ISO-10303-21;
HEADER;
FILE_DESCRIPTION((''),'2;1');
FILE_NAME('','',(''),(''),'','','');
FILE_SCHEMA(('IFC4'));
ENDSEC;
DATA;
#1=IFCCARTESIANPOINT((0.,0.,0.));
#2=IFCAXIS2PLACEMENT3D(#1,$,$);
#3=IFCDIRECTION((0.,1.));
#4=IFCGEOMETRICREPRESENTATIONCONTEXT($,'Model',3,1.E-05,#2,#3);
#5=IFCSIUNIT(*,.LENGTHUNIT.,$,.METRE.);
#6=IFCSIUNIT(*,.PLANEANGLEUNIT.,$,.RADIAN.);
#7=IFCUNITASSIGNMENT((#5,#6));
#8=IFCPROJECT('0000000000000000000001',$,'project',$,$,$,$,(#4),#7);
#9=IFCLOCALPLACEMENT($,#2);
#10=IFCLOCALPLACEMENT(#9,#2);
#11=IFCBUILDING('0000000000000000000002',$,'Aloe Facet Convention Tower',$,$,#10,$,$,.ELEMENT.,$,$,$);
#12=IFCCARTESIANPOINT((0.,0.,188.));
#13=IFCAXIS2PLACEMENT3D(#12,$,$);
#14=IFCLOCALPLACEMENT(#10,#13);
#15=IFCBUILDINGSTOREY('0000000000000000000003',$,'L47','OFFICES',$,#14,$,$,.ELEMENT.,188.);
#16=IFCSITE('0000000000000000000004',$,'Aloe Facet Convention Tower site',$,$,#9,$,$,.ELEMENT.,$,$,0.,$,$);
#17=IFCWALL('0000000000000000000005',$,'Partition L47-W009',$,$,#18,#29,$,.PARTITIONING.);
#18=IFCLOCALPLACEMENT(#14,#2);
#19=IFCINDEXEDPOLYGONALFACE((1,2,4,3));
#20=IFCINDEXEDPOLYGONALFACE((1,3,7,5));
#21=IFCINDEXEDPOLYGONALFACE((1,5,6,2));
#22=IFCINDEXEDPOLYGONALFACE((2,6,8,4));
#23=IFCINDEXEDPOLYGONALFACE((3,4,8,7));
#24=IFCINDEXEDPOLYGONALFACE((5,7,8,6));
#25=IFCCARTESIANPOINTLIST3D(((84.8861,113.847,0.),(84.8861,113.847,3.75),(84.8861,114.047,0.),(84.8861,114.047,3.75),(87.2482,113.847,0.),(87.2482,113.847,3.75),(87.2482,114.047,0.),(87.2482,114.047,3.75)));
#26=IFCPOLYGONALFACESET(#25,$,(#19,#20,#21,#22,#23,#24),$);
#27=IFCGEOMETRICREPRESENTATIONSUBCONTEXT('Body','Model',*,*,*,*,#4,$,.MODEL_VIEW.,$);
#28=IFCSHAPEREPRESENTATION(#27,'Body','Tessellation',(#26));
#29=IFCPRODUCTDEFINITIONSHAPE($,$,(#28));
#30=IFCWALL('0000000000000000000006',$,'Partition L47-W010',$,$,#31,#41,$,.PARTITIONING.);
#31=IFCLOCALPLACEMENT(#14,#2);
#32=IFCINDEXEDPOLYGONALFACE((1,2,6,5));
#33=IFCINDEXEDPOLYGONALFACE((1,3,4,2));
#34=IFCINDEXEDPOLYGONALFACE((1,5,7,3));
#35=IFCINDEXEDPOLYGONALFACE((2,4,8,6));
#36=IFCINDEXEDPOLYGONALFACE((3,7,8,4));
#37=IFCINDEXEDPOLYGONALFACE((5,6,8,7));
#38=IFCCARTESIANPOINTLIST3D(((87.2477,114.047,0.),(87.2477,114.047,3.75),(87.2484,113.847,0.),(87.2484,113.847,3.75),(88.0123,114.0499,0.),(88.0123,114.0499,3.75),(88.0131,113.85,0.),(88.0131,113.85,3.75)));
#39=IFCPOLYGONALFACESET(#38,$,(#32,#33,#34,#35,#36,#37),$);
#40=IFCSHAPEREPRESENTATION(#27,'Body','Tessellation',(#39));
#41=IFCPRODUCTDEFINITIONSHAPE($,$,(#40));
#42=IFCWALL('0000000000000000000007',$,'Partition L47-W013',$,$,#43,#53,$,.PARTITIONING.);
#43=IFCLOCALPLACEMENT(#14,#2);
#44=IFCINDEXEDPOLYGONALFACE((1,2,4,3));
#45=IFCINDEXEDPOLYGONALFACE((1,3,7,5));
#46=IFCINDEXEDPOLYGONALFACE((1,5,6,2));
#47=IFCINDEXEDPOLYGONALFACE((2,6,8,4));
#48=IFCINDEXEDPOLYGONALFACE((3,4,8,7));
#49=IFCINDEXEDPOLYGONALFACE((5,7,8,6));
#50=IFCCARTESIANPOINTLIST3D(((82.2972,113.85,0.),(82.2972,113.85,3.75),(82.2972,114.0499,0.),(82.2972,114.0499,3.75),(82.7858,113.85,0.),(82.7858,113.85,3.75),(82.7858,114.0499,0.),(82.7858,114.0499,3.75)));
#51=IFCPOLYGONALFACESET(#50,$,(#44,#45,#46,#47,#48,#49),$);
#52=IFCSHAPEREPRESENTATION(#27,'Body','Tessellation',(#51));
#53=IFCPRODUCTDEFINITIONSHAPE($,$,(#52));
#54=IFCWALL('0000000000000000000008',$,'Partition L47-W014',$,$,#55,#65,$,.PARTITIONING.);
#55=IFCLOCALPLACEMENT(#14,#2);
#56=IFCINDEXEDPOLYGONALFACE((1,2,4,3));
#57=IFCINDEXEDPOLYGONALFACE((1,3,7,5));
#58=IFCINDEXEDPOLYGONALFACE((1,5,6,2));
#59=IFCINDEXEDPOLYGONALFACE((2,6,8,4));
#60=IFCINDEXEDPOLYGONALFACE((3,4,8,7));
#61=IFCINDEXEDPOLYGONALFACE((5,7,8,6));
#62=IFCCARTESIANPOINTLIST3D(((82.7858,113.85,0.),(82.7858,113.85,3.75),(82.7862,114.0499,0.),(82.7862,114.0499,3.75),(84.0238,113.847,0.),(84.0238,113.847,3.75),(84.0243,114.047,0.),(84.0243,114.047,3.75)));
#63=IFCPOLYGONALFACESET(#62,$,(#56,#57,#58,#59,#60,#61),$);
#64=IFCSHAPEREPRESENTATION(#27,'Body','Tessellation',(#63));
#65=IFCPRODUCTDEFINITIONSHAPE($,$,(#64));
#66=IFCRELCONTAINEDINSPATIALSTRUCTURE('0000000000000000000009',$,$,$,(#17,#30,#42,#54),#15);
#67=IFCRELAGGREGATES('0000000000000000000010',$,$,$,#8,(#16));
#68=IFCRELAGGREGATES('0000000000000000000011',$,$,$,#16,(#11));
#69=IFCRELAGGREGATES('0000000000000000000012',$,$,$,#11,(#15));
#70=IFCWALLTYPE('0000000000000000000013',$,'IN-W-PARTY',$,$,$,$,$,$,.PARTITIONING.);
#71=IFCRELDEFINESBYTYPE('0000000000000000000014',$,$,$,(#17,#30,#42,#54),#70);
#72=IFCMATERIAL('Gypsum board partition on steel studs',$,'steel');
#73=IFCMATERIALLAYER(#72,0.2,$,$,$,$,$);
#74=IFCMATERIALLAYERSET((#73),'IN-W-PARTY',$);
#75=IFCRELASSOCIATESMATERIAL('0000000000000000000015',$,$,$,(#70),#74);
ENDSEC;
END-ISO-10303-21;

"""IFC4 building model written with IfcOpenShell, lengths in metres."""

from ifc_helpers import new_model, si_unit, direction, frame, frame_2d, origin, place, context, subcontext, project, spatial, rectangle, extrude, material, layer, layer_set, type_object, element, save


model = new_model("IFC4")

# Units and contexts
model_context = context("Model", 3, precision=1e-05, world=origin(), true_north=direction((0.0, 1.0)))
body_context = subcontext(model_context, "Body", "Model", "MODEL_VIEW")
ifc_project = project(units=[si_unit("LENGTHUNIT", "METRE"), si_unit("PLANEANGLEUNIT", "RADIAN")], contexts=[model_context])

# Site, building, storey
site_placement = place(None, origin())
site = spatial("IfcSite", under=ifc_project, at=site_placement, Name="Aloe Facet Convention Tower site", CompositionType="ELEMENT", RefElevation=0.0)
building_placement = place(site_placement, origin())
building = spatial("IfcBuilding", under=site, at=building_placement, Name="Aloe Facet Convention Tower", CompositionType="ELEMENT")
storey_placement = place(building_placement, frame((0.0, 0.0, 188.0)))
storey = spatial("IfcBuildingStorey", under=building, at=storey_placement, Name="L47", Description="OFFICES", CompositionType="ELEMENT", Elevation=188.0)

# Walls
ifc_material_1 = material(Name="Gypsum board partition on steel studs", Category="steel")
ifc_layer_1 = layer(ifc_material_1, 0.2)
ifc_layer_set_1 = layer_set([ifc_layer_1], Name="IN-W-PARTY")
wall_type_1 = type_object("IfcWallType", Name="IN-W-PARTY", PredefinedType="PARTITIONING", material=ifc_layer_set_1)
wall_1_placement = place(storey_placement, frame((84.886, 113.947, 0.0), z_axis=(0.0, 0.0, 1.0), x_axis=(1.0, 0.0, 0.0)))
element("IfcWall", 1, at=wall_1_placement, inside=storey, type_object=wall_type_1, Name="Partition L47-W009", PredefinedType="PARTITIONING", context=body_context, shape_type="SweptSolid", body=[
    extrude(rectangle(XDim=2.3621, YDim=0.2, at=frame_2d((1.1812, 0.0))), origin(), (0.0, 0.0, 1.0), 3.75),
])
wall_2_placement = place(storey_placement, frame((87.248, 113.947, 0.0), z_axis=(0.0, 0.0, 1.0), x_axis=(0.999993, 0.003831, 0.0)))
element("IfcWall", 2, at=wall_2_placement, inside=storey, type_object=wall_type_1, Name="Partition L47-W010", PredefinedType="PARTITIONING", context=body_context, shape_type="SweptSolid", body=[
    extrude(rectangle(XDim=0.7646, YDim=0.2, at=frame_2d((0.3823, 0.0))), origin(), (0.0, 0.0, 1.0), 3.75),
])
wall_3_placement = place(storey_placement, frame((82.2974, 113.95, 0.0), z_axis=(0.0, 0.0, 1.0), x_axis=(1.0, 0.0, 0.0)))
element("IfcWall", 3, at=wall_3_placement, inside=storey, type_object=wall_type_1, Name="Partition L47-W013", PredefinedType="PARTITIONING", context=body_context, shape_type="SweptSolid", body=[
    extrude(rectangle(XDim=0.4885, YDim=0.2, at=frame_2d((0.2441, 0.0))), origin(), (0.0, 0.0, 1.0), 3.75),
])
wall_4_placement = place(storey_placement, frame((82.7859, 113.95, 0.0), z_axis=(0.0, 0.0, 1.0), x_axis=(0.999997, -0.002366, 0.0)))
element("IfcWall", 4, at=wall_4_placement, inside=storey, type_object=wall_type_1, Name="Partition L47-W014", PredefinedType="PARTITIONING", context=body_context, shape_type="SweptSolid", body=[
    extrude(rectangle(XDim=1.238, YDim=0.2, at=frame_2d((0.6191, 0.0))), origin(), (0.0, 0.0, 1.0), 3.75),
])

save(model, "model.ifc")
